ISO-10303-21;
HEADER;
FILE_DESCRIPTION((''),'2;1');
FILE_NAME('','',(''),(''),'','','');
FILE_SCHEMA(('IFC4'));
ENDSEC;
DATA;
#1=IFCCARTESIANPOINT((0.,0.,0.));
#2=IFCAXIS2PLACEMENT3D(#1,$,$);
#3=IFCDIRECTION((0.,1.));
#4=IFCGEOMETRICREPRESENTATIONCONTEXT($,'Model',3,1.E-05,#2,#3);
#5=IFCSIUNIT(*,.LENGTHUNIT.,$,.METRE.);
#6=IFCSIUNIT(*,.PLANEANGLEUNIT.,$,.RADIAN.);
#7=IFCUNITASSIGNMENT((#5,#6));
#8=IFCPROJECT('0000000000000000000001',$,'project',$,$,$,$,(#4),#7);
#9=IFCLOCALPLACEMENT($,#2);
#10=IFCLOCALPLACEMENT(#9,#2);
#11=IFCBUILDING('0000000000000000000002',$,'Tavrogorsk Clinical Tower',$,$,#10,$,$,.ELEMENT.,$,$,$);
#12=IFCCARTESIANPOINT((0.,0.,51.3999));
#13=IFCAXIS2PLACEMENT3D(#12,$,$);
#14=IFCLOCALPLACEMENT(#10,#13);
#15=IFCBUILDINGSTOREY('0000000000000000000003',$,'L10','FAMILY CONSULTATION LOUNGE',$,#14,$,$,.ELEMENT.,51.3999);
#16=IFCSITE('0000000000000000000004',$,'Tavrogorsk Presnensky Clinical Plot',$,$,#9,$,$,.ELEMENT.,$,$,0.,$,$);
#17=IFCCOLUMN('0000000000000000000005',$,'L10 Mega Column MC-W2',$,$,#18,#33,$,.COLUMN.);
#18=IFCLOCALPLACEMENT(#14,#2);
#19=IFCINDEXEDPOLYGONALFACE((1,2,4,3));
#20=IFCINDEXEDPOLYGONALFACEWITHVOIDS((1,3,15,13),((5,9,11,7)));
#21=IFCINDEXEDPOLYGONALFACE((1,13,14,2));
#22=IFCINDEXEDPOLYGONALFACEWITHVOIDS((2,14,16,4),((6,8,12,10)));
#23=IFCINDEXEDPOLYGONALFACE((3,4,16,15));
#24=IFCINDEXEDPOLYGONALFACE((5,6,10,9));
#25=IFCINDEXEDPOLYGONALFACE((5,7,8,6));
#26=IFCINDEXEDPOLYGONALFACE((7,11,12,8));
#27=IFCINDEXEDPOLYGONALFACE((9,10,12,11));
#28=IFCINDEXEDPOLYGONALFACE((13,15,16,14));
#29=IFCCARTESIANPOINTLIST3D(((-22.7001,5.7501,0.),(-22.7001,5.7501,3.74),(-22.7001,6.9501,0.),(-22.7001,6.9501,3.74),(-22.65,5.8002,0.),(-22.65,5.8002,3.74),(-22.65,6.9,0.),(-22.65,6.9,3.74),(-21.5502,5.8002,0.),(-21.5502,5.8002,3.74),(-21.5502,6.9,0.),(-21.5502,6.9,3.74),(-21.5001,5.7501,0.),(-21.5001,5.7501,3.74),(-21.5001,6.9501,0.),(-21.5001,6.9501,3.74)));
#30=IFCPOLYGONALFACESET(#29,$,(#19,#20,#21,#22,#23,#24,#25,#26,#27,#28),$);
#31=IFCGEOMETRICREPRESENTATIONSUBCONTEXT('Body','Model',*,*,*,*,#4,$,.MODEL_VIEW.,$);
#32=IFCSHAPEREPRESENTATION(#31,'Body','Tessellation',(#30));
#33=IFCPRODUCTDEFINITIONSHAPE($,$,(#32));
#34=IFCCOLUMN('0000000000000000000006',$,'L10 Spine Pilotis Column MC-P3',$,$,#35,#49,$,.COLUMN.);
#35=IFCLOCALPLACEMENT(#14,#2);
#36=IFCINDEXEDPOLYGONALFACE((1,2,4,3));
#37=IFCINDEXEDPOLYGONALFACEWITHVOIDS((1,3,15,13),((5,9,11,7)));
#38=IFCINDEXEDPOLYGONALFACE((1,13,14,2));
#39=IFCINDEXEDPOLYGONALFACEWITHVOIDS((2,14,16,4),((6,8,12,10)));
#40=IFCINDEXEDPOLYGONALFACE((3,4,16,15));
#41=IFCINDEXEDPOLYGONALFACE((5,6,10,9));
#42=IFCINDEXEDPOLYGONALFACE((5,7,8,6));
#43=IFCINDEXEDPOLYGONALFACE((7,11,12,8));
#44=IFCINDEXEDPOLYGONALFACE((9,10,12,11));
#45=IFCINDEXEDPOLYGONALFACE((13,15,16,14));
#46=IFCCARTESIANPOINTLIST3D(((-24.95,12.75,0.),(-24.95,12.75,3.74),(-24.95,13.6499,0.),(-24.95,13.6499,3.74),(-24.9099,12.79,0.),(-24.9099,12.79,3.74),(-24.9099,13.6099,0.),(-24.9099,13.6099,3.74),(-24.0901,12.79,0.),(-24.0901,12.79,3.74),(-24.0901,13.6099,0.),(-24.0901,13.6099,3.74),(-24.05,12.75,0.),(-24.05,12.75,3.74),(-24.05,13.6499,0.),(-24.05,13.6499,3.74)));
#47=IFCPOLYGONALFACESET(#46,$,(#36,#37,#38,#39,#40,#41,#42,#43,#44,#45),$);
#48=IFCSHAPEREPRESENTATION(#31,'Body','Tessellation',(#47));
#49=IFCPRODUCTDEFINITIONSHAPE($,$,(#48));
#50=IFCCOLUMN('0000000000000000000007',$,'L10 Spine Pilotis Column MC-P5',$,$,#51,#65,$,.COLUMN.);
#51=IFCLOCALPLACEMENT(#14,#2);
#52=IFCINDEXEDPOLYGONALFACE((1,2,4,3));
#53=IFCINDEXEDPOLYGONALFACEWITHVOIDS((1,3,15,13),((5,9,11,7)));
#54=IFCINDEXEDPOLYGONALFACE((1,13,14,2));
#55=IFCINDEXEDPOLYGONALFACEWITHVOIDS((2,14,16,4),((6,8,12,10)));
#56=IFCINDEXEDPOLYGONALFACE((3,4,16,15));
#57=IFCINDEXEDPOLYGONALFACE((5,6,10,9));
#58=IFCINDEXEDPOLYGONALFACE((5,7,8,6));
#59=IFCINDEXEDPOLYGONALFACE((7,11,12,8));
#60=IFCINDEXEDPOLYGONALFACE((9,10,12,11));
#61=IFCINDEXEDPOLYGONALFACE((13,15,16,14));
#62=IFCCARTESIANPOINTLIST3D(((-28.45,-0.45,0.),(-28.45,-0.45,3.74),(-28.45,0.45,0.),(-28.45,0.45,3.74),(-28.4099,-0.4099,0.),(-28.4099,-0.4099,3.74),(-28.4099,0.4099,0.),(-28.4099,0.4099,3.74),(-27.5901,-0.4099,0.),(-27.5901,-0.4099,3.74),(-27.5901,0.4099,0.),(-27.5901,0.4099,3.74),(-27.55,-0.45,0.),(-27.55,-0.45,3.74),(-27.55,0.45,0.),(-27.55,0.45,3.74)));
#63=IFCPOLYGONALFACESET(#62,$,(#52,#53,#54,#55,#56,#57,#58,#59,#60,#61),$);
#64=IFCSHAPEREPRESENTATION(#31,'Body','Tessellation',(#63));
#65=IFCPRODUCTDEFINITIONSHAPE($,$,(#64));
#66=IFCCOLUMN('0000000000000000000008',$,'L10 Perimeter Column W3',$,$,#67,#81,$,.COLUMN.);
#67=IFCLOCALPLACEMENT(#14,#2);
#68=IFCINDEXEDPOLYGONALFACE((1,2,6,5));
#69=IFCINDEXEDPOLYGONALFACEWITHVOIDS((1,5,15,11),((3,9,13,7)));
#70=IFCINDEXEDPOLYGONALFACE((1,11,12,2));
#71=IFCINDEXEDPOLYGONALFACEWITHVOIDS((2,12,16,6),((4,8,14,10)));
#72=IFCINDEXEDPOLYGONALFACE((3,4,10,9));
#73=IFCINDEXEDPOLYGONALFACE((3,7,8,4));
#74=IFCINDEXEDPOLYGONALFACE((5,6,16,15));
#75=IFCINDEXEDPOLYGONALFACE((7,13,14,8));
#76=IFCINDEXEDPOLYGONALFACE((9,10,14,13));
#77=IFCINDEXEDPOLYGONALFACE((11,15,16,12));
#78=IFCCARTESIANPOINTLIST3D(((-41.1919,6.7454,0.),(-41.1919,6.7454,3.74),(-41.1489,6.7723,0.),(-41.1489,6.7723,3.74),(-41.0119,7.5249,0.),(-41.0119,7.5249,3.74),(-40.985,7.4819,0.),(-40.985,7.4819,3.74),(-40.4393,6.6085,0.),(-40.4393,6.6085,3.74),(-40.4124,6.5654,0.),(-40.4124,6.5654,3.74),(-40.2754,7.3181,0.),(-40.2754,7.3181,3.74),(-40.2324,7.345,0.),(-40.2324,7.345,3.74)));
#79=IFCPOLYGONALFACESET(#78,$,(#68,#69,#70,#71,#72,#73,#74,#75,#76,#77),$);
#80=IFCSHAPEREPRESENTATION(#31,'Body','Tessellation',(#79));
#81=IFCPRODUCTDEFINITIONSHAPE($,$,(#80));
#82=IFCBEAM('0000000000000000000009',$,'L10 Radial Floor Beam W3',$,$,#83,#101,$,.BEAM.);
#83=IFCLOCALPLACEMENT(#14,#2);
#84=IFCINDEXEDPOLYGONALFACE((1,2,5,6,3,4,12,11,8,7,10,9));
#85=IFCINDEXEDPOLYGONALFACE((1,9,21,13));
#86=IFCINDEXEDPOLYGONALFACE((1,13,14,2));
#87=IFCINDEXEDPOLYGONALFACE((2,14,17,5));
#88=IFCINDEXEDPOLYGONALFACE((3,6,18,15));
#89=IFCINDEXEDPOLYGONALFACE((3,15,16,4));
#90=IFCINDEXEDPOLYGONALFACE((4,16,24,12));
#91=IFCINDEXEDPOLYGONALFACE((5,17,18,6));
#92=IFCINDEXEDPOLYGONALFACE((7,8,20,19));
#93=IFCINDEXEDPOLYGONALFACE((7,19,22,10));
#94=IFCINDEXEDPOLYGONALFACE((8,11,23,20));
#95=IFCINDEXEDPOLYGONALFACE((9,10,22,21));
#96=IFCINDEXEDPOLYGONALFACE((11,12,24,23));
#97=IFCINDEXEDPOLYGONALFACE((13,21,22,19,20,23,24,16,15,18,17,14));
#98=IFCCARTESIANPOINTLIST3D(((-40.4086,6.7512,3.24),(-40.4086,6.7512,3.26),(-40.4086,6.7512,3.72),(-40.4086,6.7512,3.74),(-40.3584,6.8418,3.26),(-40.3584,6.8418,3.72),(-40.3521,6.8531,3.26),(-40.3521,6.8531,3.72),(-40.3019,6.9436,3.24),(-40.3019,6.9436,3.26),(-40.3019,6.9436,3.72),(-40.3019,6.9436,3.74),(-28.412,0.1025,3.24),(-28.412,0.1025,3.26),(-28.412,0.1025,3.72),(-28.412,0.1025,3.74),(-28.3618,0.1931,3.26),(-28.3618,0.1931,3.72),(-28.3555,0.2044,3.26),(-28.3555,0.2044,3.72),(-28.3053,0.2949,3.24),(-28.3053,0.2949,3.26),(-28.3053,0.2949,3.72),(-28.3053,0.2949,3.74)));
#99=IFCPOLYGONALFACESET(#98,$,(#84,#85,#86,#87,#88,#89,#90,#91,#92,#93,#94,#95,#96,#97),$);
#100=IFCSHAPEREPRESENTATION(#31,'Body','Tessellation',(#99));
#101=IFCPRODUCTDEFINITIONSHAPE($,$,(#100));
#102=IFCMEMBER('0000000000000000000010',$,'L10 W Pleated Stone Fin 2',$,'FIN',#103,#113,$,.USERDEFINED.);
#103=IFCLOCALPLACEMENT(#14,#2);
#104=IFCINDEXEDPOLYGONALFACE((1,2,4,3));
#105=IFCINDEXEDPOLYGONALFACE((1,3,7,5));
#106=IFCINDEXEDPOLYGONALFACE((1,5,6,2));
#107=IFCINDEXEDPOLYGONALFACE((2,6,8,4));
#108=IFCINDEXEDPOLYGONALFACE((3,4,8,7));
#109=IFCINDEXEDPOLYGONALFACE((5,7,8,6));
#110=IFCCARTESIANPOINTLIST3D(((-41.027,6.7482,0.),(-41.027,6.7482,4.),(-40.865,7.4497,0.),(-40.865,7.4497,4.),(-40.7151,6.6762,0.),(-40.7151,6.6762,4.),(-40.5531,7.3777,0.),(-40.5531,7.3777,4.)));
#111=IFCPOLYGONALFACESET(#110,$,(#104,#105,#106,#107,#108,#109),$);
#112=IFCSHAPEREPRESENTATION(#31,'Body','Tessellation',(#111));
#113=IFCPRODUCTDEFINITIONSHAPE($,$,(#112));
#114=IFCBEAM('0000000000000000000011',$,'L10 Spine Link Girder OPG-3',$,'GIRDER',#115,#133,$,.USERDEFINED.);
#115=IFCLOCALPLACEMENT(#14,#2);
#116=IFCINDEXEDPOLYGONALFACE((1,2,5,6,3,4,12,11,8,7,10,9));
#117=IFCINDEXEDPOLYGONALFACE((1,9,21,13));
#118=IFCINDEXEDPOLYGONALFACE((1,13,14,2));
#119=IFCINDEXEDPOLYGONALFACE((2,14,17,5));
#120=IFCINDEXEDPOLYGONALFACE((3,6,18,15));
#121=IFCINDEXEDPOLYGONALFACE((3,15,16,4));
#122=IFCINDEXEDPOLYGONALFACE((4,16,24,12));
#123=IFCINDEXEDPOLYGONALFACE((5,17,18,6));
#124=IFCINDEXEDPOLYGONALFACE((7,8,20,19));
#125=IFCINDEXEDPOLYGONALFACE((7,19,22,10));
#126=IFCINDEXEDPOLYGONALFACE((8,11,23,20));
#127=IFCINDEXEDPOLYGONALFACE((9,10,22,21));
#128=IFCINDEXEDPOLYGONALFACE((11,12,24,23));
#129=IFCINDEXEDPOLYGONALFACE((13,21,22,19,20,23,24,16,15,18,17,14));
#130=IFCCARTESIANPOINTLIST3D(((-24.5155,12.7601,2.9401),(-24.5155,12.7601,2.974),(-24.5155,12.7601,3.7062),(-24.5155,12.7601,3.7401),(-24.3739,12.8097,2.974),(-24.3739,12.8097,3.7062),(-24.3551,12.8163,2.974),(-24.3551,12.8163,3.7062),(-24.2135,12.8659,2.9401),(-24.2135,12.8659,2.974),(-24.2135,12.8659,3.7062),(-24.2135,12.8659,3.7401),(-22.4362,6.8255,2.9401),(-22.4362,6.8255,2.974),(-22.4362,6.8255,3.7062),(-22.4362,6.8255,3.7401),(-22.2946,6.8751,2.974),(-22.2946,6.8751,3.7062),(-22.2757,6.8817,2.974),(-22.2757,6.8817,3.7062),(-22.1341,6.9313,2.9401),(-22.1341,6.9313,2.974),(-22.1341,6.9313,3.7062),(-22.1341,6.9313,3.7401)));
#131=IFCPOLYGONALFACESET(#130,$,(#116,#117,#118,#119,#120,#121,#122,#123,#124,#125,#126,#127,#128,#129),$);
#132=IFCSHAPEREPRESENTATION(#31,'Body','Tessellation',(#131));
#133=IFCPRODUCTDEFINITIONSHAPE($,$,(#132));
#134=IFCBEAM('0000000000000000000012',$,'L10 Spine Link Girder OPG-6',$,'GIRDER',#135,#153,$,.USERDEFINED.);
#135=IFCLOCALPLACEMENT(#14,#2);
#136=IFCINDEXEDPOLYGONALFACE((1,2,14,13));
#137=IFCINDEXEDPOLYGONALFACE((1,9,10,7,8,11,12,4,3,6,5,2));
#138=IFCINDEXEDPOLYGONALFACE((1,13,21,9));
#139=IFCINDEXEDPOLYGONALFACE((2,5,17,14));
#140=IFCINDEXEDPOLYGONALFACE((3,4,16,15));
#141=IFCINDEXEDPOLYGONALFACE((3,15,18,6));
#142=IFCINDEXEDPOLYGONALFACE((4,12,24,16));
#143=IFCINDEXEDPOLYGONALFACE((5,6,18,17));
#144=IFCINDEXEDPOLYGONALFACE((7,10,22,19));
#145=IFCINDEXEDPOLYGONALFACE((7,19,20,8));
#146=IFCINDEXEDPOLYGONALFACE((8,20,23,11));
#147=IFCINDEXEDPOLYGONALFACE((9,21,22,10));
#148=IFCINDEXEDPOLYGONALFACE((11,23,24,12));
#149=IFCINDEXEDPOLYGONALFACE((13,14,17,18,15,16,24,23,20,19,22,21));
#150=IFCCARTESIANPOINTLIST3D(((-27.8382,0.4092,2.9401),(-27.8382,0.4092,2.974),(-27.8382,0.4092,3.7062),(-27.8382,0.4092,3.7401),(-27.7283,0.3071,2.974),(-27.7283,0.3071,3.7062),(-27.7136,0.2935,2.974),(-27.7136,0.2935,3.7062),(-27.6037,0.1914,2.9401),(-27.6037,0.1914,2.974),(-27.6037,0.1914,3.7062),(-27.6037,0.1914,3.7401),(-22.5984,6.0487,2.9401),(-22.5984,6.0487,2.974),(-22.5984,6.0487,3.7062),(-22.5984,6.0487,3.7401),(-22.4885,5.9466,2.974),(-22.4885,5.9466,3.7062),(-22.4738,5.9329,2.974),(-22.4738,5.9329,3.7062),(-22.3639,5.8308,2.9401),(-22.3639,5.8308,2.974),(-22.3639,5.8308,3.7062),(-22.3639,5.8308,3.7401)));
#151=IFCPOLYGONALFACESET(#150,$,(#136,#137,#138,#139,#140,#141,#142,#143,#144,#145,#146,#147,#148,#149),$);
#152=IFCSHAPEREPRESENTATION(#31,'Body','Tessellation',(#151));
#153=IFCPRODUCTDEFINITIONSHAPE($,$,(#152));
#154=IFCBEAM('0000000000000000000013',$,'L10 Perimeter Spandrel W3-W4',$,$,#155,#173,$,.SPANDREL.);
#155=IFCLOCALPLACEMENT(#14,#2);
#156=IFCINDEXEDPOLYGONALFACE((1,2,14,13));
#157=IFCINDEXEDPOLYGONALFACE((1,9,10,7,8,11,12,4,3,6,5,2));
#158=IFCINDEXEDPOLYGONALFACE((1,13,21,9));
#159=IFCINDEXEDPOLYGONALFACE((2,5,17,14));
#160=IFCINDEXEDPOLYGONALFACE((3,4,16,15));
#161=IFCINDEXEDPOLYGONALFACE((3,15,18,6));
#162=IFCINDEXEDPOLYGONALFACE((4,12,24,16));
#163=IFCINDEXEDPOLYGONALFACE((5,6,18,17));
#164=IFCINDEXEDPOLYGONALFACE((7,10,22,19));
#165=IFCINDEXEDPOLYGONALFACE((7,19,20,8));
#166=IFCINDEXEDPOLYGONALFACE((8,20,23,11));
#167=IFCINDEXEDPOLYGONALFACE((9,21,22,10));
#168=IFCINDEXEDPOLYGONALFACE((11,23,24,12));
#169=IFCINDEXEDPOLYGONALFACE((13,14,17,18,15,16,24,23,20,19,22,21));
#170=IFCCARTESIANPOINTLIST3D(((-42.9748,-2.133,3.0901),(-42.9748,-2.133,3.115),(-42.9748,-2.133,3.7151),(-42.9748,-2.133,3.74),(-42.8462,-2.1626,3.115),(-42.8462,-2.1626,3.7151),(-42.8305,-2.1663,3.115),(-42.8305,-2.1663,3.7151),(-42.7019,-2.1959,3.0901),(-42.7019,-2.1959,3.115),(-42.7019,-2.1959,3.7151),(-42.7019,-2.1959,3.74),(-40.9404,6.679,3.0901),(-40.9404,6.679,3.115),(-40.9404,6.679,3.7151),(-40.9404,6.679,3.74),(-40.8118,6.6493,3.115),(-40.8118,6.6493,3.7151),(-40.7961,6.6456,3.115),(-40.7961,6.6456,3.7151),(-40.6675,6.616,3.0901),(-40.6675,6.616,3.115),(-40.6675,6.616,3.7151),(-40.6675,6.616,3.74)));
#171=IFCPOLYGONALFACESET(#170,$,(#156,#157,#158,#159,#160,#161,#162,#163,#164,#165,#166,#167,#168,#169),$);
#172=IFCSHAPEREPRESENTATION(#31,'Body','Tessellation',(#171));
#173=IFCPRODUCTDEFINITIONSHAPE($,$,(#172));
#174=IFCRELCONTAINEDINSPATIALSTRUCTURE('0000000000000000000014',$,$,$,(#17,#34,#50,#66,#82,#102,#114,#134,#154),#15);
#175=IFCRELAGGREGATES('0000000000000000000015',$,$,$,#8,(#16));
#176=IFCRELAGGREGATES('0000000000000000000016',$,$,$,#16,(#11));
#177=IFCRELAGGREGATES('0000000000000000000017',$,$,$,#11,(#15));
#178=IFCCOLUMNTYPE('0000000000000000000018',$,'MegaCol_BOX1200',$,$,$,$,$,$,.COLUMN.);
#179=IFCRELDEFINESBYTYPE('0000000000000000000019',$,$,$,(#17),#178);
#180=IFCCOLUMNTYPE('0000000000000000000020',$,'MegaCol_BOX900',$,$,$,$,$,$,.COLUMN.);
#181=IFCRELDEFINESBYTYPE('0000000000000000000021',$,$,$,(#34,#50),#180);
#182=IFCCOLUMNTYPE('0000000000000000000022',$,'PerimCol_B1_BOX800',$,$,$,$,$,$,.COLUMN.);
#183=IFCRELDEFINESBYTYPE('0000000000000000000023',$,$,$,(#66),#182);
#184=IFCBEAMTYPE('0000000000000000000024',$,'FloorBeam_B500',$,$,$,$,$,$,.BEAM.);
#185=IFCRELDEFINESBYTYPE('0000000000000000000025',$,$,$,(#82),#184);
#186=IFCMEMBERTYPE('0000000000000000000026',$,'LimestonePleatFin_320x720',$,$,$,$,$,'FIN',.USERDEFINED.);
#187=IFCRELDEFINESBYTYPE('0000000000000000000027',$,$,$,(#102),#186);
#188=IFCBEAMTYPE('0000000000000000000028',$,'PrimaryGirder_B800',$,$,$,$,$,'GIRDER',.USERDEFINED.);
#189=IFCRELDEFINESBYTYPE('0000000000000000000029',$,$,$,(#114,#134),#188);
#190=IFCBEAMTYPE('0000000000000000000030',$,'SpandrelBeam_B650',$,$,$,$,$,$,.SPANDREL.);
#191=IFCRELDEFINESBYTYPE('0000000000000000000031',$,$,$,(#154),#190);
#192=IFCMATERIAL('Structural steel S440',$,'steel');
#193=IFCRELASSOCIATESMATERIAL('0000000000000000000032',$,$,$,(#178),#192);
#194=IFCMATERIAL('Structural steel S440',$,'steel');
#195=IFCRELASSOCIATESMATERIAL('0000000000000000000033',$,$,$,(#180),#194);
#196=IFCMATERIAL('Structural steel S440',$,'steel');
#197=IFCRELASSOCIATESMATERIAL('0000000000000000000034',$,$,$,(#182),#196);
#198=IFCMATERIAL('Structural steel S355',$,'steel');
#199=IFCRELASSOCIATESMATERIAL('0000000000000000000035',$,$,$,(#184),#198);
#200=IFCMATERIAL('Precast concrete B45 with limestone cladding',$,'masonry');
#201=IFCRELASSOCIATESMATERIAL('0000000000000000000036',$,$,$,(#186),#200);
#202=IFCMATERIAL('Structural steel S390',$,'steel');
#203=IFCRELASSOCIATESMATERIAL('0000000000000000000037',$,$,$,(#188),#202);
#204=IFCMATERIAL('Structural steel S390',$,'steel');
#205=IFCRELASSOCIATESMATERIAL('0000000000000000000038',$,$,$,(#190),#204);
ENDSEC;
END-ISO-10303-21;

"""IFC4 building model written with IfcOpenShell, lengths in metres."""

from ifc_helpers import new_model, si_unit, direction, frame, origin, origin_2d, place, context, subcontext, project, spatial, rectangle, hollow_rectangle, i_section, extrude, material, material_profile, profile_set, type_object, element, save


model = new_model("IFC4")

# Units and contexts
model_context = context("Model", 3, precision=1e-05, world=origin(), true_north=direction((0.0, 1.0)))
body_context = subcontext(model_context, "Body", "Model", "MODEL_VIEW")
ifc_project = project(units=[si_unit("LENGTHUNIT", "METRE"), si_unit("PLANEANGLEUNIT", "RADIAN")], contexts=[model_context])

# Site, building, storey
site_placement = place(None, origin())
site = spatial("IfcSite", under=ifc_project, at=site_placement, Name="Tavrogorsk Presnensky Clinical Plot", CompositionType="ELEMENT", RefElevation=0.0)
building_placement = place(site_placement, origin())
building = spatial("IfcBuilding", under=site, at=building_placement, Name="Tavrogorsk Clinical Tower", CompositionType="ELEMENT")
storey_placement = place(building_placement, frame((0.0, 0.0, 51.3999)))
storey = spatial("IfcBuildingStorey", under=building, at=storey_placement, Name="L10", Description="FAMILY CONSULTATION LOUNGE", CompositionType="ELEMENT", Elevation=51.3999)

# Columns
ifc_material_1 = material(Name="Structural steel S440", Category="steel")
ifc_material_profile_1 = material_profile(ifc_material_1, hollow_rectangle(XDim=1.2, YDim=1.2, WallThickness=0.05, at=origin_2d()), Name="BOX-1200x1200x50")
ifc_profile_set_1 = profile_set([ifc_material_profile_1], Name="Structural steel S440")
column_type_1 = type_object("IfcColumnType", Name="MegaCol_BOX1200", PredefinedType="COLUMN", material=ifc_profile_set_1)
column_1_placement = place(storey_placement, frame((-22.1001, 6.3501, 0.0), z_axis=(0.0, 0.0, 1.0), x_axis=(1.0, 0.0, 0.0)))
element("IfcColumn", 1, at=column_1_placement, inside=storey, type_object=column_type_1, Name="L10 Mega Column MC-W2", PredefinedType="COLUMN", context=body_context, shape_type="SweptSolid", body=[
    extrude(hollow_rectangle(XDim=1.2, YDim=1.2, WallThickness=0.05, at=origin_2d()), origin(), (0.0, 0.0, 1.0), 3.74),
])
ifc_material_2 = material(Name="Structural steel S440", Category="steel")
ifc_material_profile_2 = material_profile(ifc_material_2, hollow_rectangle(XDim=0.8999, YDim=0.8999, WallThickness=0.04, at=origin_2d()), Name="BOX-900x900x40")
ifc_profile_set_2 = profile_set([ifc_material_profile_2], Name="Structural steel S440")
column_type_2 = type_object("IfcColumnType", Name="MegaCol_BOX900", PredefinedType="COLUMN", material=ifc_profile_set_2)
for number, where, z_axis, x_axis, name in (
    (2, (-24.5, 13.2, 0.0), (0.0, 0.0, 1.0), (1.0, 0.0, 0.0), "L10 Spine Pilotis Column MC-P3"),
    (3, (-28.0, 0.0, 0.0), (0.0, 0.0, 1.0), (1.0, 0.0, 0.0), "L10 Spine Pilotis Column MC-P5"),
):
    element("IfcColumn", number, at=place(storey_placement, frame(where, z_axis=z_axis, x_axis=x_axis)), inside=storey, type_object=column_type_2, Name=name, PredefinedType="COLUMN", context=body_context, shape_type="SweptSolid", body=[
        extrude(hollow_rectangle(XDim=0.8999, YDim=0.8999, WallThickness=0.04, at=origin_2d()), origin(), (0.0, 0.0, 1.0), 3.74),
    ])
ifc_material_3 = material(Name="Structural steel S440", Category="steel")
ifc_material_profile_3 = material_profile(ifc_material_3, hollow_rectangle(XDim=0.8, YDim=0.8, WallThickness=0.0359, at=origin_2d()), Name="BOX-800x800x36")
ifc_profile_set_3 = profile_set([ifc_material_profile_3], Name="Structural steel S440")
column_type_3 = type_object("IfcColumnType", Name="PerimCol_B1_BOX800", PredefinedType="COLUMN", material=ifc_profile_set_3)
column_2_placement = place(storey_placement, frame((-40.7122, 7.0452, 0.0), z_axis=(0.0, 0.0, 1.0), x_axis=(0.97437, -0.224951, 0.0)))
element("IfcColumn", 4, at=column_2_placement, inside=storey, type_object=column_type_3, Name="L10 Perimeter Column W3", PredefinedType="COLUMN", context=body_context, shape_type="SweptSolid", body=[
    extrude(hollow_rectangle(XDim=0.8, YDim=0.8, WallThickness=0.0359, at=origin_2d()), origin(), (0.0, 0.0, 1.0), 3.74),
])

# Beam
ifc_material_4 = material(Name="Structural steel S355", Category="steel")
ifc_material_profile_4 = material_profile(ifc_material_4, i_section(OverallWidth=0.22, OverallDepth=0.5, WebThickness=0.0129, FlangeThickness=0.02, at=origin_2d()), Name="B-500x220x13x20")
ifc_profile_set_4 = profile_set([ifc_material_profile_4], Name="Structural steel S355")
beam_type_1 = type_object("IfcBeamType", Name="FloorBeam_B500", PredefinedType="BEAM", material=ifc_profile_set_4)
beam_1_placement = place(storey_placement, frame((-28.3586, 0.1987, 3.49), z_axis=(-0.874655, 0.484746, 0.0), x_axis=(-0.484746, -0.874655, 0.0)))
element("IfcBeam", 5, at=beam_1_placement, inside=storey, type_object=beam_type_1, Name="L10 Radial Floor Beam W3", PredefinedType="BEAM", context=body_context, shape_type="SweptSolid", body=[
    extrude(i_section(OverallWidth=0.22, OverallDepth=0.5, WebThickness=0.0129, FlangeThickness=0.02, at=origin_2d()), origin(), (0.0, 0.0, 1.0), 13.7158),
])

# Member
ifc_material_5 = material(Name="Precast concrete B45 with limestone cladding", Category="masonry")
ifc_material_profile_5 = material_profile(ifc_material_5, rectangle(XDim=0.3201, YDim=0.72, at=origin_2d()), Name="LIMESTONE-FIN-320x720")
ifc_profile_set_5 = profile_set([ifc_material_profile_5], Name="Precast concrete B45 with limestone cladding")
member_type = type_object("IfcMemberType", Name="LimestonePleatFin_320x720", ElementType="FIN", PredefinedType="USERDEFINED", material=ifc_profile_set_5)
member_placement = place(storey_placement, frame((-40.79, 7.063, 0.0), z_axis=(0.0, 0.0, 1.0), x_axis=(0.97437, -0.224951, 0.0)))
element("IfcMember", 6, at=member_placement, inside=storey, type_object=member_type, Name="L10 W Pleated Stone Fin 2", ObjectType="FIN", PredefinedType="USERDEFINED", context=body_context, shape_type="SweptSolid", body=[
    extrude(rectangle(XDim=0.3201, YDim=0.72, at=origin_2d()), origin(), (0.0, 0.0, 1.0), 4.0),
])

# Beams
ifc_material_6 = material(Name="Structural steel S390", Category="steel")
ifc_material_profile_6 = material_profile(ifc_material_6, i_section(OverallWidth=0.3201, OverallDepth=0.8, WebThickness=0.02, FlangeThickness=0.0339, at=origin_2d()), Name="B-800x320x20x34")
ifc_profile_set_6 = profile_set([ifc_material_profile_6], Name="Structural steel S390")
beam_type_2 = type_object("IfcBeamType", Name="PrimaryGirder_B800", ElementType="GIRDER", PredefinedType="USERDEFINED", material=ifc_profile_set_6)
beam_2_placement = place(storey_placement, frame((-24.3645, 12.813, 3.3401), z_axis=(0.330669, -0.943747, 0.0), x_axis=(0.943747, 0.330669, 0.0)))
element("IfcBeam", 7, at=beam_2_placement, inside=storey, type_object=beam_type_2, Name="L10 Spine Link Girder OPG-3", ObjectType="GIRDER", PredefinedType="USERDEFINED", context=body_context, shape_type="SweptSolid", body=[
    extrude(i_section(OverallWidth=0.3201, OverallDepth=0.8, WebThickness=0.02, FlangeThickness=0.0339, at=origin_2d()), origin(), (0.0, 0.0, 1.0), 6.2883),
])
beam_3_placement = place(storey_placement, frame((-27.7209, 0.3003, 3.3401), z_axis=(0.680671, 0.732589, 0.0), x_axis=(-0.732589, 0.680671, 0.0)))
element("IfcBeam", 8, at=beam_3_placement, inside=storey, type_object=beam_type_2, Name="L10 Spine Link Girder OPG-6", ObjectType="GIRDER", PredefinedType="USERDEFINED", context=body_context, shape_type="SweptSolid", body=[
    extrude(i_section(OverallWidth=0.3201, OverallDepth=0.8, WebThickness=0.02, FlangeThickness=0.0339, at=origin_2d()), origin(), (0.0, 0.0, 1.0), 7.698),
])
ifc_material_7 = material(Name="Structural steel S390", Category="steel")
ifc_material_profile_7 = material_profile(ifc_material_7, i_section(OverallWidth=0.28, OverallDepth=0.6499, WebThickness=0.0161, FlangeThickness=0.0249, at=origin_2d()), Name="B-650x280x16x25")
ifc_profile_set_7 = profile_set([ifc_material_profile_7], Name="Structural steel S390")
beam_type_3 = type_object("IfcBeamType", Name="SpandrelBeam_B650", PredefinedType="SPANDREL", material=ifc_profile_set_7)
beam_4_placement = place(storey_placement, frame((-40.804, 6.6475, 3.415), z_axis=(-0.224952, -0.97437, 0.0), x_axis=(0.97437, -0.224952, 0.0)))
element("IfcBeam", 9, at=beam_4_placement, inside=storey, type_object=beam_type_3, Name="L10 Perimeter Spandrel W3-W4", PredefinedType="SPANDREL", context=body_context, shape_type="SweptSolid", body=[
    extrude(i_section(OverallWidth=0.28, OverallDepth=0.6499, WebThickness=0.0161, FlangeThickness=0.0249, at=origin_2d()), origin(), (0.0, 0.0, 1.0), 9.0437),
])

save(model, "model.ifc")
